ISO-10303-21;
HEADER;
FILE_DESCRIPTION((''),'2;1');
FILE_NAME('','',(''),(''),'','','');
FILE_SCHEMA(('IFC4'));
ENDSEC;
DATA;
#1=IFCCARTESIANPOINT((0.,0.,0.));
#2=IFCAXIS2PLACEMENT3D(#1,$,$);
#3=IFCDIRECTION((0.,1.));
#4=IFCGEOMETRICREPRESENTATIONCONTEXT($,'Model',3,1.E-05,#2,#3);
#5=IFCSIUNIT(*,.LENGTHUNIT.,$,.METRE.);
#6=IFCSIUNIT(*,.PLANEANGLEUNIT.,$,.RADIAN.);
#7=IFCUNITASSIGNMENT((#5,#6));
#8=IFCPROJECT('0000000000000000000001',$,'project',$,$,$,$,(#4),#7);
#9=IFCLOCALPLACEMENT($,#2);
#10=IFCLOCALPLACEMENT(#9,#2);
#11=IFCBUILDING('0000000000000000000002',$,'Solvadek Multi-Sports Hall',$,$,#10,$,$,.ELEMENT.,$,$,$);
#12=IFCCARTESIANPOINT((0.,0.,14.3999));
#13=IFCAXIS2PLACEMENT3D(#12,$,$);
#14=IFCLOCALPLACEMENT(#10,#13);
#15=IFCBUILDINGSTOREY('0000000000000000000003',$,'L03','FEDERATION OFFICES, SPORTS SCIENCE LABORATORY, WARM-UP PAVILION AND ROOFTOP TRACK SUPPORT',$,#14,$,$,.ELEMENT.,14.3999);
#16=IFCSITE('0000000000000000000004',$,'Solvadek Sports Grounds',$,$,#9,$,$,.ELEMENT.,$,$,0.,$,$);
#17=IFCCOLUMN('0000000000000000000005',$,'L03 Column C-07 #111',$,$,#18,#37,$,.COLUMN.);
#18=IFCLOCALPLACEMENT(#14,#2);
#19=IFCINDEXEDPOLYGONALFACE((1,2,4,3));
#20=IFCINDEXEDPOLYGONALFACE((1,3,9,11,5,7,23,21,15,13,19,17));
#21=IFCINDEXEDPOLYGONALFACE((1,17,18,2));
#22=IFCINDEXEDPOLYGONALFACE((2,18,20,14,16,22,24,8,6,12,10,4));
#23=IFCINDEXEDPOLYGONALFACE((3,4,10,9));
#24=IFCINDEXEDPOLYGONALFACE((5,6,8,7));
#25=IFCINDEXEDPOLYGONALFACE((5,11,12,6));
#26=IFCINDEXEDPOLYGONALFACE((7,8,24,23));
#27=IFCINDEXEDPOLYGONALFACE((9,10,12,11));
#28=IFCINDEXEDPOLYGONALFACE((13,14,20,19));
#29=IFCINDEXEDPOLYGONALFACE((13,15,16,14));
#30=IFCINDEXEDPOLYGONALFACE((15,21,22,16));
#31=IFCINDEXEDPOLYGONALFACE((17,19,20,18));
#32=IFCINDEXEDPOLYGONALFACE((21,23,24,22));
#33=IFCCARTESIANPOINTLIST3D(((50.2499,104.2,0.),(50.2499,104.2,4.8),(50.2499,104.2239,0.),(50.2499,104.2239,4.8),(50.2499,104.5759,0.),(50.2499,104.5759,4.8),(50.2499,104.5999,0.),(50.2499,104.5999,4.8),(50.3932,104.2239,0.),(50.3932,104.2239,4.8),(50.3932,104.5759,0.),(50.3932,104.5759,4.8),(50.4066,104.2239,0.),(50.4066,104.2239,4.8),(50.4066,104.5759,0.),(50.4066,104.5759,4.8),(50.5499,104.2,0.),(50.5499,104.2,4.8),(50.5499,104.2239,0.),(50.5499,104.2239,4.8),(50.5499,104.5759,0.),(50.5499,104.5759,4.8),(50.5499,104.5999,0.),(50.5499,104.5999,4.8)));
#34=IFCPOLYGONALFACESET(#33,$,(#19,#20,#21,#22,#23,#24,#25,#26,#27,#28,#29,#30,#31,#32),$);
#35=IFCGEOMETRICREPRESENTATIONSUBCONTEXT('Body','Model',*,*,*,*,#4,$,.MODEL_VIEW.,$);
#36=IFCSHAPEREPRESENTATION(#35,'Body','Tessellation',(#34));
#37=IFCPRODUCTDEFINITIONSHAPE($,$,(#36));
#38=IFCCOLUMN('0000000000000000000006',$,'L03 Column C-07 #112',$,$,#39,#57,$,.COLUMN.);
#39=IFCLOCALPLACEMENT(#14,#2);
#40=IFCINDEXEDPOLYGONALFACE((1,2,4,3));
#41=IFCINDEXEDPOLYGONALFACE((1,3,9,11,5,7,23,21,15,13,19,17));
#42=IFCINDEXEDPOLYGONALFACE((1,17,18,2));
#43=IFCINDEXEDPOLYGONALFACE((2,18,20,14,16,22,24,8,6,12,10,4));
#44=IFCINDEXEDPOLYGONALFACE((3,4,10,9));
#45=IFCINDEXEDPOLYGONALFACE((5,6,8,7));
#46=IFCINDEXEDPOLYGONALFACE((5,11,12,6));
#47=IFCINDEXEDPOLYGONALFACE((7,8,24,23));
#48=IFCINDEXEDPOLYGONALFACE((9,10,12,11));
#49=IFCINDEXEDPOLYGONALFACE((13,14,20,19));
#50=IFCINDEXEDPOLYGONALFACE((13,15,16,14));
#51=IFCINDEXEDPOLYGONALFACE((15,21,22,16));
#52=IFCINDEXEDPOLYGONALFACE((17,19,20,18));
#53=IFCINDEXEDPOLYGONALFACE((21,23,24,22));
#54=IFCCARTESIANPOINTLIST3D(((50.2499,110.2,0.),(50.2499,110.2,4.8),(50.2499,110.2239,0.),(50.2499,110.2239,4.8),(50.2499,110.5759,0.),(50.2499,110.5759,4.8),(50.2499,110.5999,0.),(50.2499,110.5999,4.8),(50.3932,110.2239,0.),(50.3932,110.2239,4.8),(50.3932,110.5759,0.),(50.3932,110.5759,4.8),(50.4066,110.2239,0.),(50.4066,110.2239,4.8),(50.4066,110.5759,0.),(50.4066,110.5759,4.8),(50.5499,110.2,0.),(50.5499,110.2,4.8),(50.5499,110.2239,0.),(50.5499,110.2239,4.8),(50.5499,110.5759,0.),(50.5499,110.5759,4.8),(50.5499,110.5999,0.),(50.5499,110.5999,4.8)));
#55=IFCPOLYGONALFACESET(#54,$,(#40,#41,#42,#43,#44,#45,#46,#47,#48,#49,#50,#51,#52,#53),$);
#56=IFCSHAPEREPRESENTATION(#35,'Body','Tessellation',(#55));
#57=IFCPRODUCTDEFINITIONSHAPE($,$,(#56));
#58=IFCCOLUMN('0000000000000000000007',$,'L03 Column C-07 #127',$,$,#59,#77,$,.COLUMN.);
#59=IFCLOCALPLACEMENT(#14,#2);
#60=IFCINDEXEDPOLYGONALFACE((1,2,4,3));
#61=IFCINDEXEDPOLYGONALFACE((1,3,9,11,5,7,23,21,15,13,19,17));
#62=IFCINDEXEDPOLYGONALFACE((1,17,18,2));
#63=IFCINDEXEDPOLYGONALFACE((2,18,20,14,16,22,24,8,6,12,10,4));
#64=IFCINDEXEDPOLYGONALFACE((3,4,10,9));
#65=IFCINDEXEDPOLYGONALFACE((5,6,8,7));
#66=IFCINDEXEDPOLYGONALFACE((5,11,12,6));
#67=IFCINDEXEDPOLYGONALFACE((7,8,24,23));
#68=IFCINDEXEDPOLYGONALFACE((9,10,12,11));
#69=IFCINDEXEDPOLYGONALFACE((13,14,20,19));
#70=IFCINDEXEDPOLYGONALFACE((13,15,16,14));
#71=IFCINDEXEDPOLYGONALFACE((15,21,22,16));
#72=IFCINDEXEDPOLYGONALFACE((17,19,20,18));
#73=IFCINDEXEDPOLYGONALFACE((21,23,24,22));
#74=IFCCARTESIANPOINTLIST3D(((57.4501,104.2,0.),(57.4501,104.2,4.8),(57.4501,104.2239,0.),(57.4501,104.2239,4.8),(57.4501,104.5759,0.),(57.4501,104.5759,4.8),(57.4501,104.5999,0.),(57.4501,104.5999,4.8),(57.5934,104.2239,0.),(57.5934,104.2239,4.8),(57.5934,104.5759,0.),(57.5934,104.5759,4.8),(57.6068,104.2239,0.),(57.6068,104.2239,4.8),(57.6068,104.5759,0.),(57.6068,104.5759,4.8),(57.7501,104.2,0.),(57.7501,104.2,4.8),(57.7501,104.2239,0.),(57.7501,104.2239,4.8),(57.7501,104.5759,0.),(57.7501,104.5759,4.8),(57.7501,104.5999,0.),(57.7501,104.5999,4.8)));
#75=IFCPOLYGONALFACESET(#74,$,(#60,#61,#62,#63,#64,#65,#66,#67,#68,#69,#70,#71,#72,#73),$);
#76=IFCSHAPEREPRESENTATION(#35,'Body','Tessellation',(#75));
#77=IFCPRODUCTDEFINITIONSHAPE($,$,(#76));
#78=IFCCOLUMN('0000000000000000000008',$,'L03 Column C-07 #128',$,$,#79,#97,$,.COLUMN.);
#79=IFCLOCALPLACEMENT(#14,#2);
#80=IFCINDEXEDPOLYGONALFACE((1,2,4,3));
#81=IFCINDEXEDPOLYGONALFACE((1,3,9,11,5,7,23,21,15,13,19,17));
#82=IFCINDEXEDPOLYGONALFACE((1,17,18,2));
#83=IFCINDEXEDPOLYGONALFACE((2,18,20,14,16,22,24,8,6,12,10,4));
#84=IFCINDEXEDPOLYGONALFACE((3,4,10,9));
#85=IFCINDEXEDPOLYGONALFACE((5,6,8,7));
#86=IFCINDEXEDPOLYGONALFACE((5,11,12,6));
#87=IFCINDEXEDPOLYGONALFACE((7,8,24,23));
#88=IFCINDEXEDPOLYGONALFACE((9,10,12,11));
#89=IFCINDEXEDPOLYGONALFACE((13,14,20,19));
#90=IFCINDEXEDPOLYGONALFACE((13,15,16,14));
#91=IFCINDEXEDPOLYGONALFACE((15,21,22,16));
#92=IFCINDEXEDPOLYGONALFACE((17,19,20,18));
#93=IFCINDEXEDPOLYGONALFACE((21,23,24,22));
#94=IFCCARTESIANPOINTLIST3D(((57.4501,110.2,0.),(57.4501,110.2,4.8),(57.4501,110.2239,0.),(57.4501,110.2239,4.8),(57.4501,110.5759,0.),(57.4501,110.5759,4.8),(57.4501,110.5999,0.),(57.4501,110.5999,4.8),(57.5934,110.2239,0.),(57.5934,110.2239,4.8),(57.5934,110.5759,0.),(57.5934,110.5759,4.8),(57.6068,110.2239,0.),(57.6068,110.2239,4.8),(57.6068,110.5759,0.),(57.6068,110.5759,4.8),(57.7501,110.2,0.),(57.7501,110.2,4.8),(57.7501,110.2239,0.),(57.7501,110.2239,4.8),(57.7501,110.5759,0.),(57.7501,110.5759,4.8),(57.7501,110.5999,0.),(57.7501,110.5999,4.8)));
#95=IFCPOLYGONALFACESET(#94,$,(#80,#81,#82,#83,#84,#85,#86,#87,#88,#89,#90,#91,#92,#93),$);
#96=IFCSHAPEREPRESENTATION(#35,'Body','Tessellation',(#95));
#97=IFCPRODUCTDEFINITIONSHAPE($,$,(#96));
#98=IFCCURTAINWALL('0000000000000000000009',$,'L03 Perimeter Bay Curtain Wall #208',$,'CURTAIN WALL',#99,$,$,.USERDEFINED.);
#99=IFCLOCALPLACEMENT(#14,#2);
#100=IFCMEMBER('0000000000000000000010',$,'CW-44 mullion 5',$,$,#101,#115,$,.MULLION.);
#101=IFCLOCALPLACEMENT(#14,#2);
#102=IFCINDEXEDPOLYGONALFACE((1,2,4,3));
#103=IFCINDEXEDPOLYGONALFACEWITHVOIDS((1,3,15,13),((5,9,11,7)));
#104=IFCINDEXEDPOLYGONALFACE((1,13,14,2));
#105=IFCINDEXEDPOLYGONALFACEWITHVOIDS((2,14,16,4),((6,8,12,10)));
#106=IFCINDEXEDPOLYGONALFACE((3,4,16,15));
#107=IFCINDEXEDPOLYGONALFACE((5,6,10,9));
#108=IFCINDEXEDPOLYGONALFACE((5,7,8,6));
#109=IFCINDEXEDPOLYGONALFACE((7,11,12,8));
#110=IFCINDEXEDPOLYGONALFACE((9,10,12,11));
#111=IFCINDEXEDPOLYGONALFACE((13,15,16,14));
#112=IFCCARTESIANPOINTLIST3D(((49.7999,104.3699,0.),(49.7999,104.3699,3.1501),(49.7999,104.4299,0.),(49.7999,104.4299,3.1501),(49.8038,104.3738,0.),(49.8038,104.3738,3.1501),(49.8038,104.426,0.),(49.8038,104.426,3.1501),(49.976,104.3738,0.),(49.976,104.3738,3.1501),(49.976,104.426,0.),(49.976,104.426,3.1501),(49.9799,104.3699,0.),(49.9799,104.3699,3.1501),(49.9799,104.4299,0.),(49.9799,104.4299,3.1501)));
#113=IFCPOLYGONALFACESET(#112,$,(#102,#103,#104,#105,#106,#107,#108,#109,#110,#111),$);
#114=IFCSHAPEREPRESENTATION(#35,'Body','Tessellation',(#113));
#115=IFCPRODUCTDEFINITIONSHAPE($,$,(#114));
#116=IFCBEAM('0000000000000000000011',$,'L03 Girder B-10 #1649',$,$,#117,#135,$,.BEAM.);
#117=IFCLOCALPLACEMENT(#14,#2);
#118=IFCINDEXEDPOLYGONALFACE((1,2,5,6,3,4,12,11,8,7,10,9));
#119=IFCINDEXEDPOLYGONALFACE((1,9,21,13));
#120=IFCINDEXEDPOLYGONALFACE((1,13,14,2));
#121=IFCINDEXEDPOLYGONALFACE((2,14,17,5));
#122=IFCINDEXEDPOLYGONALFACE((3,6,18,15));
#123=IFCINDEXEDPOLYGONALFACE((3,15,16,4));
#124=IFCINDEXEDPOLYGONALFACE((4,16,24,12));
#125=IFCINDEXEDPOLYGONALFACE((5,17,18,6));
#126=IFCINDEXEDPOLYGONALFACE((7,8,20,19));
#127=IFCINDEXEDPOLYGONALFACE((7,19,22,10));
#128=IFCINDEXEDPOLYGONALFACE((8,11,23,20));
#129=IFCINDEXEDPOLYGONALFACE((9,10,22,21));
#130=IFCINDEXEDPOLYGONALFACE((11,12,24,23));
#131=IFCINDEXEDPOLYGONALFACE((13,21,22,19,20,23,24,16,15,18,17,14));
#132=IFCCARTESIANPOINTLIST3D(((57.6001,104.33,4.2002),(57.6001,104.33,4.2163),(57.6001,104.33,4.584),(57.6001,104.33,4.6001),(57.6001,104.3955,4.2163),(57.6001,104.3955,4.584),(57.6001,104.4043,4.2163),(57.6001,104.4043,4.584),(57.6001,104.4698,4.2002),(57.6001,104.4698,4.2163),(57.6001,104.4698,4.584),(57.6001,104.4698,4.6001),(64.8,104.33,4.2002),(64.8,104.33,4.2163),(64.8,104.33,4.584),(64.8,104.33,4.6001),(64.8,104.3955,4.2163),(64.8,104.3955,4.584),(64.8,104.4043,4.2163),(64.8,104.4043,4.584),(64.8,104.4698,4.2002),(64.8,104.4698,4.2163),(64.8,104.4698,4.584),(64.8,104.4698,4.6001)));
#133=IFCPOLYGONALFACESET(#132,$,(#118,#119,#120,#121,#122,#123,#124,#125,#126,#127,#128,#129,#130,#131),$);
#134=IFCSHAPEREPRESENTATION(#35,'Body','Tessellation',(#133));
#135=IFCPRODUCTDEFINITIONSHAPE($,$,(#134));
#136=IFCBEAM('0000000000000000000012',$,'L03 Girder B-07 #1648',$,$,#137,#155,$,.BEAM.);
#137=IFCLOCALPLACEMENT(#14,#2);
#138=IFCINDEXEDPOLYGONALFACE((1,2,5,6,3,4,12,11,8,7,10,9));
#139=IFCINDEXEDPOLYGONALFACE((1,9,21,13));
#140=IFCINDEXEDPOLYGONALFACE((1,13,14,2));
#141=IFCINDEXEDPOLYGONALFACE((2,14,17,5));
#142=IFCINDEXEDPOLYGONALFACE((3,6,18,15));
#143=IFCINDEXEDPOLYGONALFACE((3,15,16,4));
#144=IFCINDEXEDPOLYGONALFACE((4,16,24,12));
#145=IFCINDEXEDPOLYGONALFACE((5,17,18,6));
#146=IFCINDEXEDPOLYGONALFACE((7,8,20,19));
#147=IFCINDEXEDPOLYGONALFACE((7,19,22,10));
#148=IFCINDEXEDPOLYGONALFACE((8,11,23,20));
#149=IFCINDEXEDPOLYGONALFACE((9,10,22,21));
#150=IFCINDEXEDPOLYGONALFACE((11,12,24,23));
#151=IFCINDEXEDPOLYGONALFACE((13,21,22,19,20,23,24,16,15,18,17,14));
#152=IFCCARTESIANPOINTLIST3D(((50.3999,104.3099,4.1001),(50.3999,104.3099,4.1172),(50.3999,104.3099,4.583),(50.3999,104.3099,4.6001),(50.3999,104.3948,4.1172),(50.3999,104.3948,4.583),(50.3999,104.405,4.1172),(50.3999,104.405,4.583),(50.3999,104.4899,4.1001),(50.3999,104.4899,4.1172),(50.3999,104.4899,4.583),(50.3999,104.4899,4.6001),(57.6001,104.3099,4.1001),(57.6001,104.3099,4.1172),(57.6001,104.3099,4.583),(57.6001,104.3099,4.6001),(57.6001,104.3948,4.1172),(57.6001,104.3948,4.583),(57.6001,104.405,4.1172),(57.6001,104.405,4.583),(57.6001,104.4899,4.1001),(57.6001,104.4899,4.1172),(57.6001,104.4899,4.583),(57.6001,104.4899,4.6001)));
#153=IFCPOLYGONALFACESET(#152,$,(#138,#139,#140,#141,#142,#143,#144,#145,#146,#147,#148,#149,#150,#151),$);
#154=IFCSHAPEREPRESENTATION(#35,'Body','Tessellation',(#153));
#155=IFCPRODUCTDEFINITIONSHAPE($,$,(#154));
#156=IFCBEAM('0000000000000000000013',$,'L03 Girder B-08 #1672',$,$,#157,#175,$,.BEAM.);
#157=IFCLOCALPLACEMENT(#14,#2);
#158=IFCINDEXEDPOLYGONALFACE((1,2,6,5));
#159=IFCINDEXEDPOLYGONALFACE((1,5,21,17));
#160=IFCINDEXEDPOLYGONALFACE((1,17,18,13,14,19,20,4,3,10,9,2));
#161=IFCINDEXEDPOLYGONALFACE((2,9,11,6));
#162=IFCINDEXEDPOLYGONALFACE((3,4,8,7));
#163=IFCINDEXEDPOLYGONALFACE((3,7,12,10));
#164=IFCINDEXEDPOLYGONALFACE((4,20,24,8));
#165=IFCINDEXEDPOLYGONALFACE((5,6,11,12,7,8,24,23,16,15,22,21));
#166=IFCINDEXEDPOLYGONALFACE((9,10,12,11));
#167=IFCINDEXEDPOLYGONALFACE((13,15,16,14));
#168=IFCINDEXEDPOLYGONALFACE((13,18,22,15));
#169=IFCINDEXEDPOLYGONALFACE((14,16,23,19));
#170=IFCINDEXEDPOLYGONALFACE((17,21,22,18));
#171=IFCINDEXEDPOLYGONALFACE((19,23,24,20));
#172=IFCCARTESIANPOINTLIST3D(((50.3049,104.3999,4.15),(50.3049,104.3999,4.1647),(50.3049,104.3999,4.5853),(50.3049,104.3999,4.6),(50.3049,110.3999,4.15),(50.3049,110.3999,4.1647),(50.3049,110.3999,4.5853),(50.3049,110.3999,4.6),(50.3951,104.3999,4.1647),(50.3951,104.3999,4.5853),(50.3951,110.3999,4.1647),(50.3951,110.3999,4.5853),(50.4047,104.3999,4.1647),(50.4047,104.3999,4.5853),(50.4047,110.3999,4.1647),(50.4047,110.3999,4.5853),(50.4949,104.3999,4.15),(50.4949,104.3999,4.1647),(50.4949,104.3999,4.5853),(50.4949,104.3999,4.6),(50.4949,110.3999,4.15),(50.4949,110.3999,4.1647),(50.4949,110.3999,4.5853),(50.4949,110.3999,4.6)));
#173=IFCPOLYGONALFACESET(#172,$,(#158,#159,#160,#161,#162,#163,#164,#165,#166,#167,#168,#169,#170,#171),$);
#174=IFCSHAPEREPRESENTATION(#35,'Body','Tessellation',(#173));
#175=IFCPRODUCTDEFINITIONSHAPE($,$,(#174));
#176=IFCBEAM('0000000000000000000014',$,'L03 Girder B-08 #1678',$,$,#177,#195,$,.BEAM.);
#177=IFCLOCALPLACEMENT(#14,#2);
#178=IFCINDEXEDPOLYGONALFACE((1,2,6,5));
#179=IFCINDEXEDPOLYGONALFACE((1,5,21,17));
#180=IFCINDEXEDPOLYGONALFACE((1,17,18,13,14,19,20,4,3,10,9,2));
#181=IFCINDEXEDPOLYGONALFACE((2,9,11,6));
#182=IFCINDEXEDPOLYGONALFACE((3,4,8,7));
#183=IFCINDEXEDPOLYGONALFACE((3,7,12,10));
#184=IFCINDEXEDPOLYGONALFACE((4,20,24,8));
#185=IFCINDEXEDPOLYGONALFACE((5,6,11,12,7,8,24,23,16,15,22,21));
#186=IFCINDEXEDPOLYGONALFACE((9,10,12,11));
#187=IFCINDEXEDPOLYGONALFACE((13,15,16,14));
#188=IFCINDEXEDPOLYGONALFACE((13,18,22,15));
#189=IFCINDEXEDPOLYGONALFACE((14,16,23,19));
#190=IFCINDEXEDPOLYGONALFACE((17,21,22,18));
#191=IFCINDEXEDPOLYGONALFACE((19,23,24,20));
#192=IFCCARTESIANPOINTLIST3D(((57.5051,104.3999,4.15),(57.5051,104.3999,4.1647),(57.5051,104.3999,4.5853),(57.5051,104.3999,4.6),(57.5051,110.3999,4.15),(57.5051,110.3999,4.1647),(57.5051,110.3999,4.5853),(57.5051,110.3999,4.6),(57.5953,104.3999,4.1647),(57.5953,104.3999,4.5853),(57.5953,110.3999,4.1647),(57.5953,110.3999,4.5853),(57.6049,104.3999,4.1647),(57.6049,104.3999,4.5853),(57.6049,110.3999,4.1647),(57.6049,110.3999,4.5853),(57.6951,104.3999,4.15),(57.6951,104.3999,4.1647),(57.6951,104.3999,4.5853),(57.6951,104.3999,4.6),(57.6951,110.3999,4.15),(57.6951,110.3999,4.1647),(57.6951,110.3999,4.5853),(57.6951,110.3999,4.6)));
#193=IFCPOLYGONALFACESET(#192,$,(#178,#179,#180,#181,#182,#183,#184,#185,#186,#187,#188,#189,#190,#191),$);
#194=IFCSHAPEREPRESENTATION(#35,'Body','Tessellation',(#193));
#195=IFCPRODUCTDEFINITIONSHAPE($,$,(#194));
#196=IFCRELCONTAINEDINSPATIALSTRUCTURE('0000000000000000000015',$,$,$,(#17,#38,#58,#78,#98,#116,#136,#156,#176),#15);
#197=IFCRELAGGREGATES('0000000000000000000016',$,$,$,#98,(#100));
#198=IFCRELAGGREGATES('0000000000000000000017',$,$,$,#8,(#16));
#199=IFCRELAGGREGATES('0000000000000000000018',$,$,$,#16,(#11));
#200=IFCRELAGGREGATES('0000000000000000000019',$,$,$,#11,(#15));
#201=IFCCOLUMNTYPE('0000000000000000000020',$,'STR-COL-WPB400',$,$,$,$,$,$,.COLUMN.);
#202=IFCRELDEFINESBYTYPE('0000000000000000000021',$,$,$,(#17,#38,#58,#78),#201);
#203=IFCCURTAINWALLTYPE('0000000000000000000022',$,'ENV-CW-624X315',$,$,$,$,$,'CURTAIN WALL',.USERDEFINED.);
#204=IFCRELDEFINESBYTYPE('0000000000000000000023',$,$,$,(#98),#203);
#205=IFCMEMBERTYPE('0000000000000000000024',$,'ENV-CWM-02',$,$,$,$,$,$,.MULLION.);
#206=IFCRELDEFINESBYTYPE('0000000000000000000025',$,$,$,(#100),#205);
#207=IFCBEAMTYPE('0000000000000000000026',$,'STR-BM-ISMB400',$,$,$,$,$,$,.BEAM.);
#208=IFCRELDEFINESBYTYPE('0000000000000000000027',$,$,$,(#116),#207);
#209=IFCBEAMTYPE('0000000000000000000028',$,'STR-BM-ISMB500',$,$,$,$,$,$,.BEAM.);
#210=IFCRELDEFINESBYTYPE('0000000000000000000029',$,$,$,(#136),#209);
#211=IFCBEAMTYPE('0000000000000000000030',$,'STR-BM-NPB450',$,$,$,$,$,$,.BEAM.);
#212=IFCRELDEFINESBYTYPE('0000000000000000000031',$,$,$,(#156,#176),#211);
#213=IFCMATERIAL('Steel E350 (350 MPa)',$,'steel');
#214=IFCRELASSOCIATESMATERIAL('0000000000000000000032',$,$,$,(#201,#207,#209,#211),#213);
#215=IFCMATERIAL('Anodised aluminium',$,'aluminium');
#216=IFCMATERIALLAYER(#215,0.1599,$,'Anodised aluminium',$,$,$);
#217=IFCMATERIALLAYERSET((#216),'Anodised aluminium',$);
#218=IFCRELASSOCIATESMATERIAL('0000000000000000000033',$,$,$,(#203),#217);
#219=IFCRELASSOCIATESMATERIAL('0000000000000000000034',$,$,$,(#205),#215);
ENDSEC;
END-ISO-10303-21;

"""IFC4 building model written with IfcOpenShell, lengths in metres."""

from ifc_helpers import new_model, si_unit, direction, frame, origin, origin_2d, place, context, subcontext, project, spatial, hollow_rectangle, i_section, extrude, material, layer, layer_set, material_profile, profile_set, type_object, element, aggregate, save


model = new_model("IFC4")

# Units and contexts
model_context = context("Model", 3, precision=1e-05, world=origin(), true_north=direction((0.0, 1.0)))
body_context = subcontext(model_context, "Body", "Model", "MODEL_VIEW")
ifc_project = project(units=[si_unit("LENGTHUNIT", "METRE"), si_unit("PLANEANGLEUNIT", "RADIAN")], contexts=[model_context])

# Site, building, storey
site_placement = place(None, origin())
site = spatial("IfcSite", under=ifc_project, at=site_placement, Name="Solvadek Sports Grounds", CompositionType="ELEMENT", RefElevation=0.0)
building_placement = place(site_placement, origin())
building = spatial("IfcBuilding", under=site, at=building_placement, Name="Solvadek Multi-Sports Hall", CompositionType="ELEMENT")
storey_placement = place(building_placement, frame((0.0, 0.0, 14.3999)))
storey = spatial("IfcBuildingStorey", under=building, at=storey_placement, Name="L03", Description="FEDERATION OFFICES, SPORTS SCIENCE LABORATORY, WARM-UP PAVILION AND ROOFTOP TRACK SUPPORT", CompositionType="ELEMENT", Elevation=14.3999)

# Columns
ifc_material_1 = material(Name="Steel E350 (350 MPa)", Category="steel")
ifc_material_profile_1 = material_profile(ifc_material_1, i_section(OverallWidth=0.3, OverallDepth=0.3999, WebThickness=0.0134, FlangeThickness=0.0239, at=origin_2d()), Name="WPB 400")
ifc_profile_set_1 = profile_set([ifc_material_profile_1], Name="Steel E350 (350 MPa)")
column_type = type_object("IfcColumnType", Name="STR-COL-WPB400", PredefinedType="COLUMN", material=ifc_profile_set_1)
for number, where, z_axis, x_axis, name in (
    (1, (50.3999, 104.3999, 0.0), (0.0, 0.0, 1.0), (1.0, 0.0, 0.0), "L03 Column C-07 #111"),
    (2, (50.3999, 110.3999, 0.0), (0.0, 0.0, 1.0), (1.0, 0.0, 0.0), "L03 Column C-07 #112"),
    (3, (57.6001, 104.3999, 0.0), (0.0, 0.0, 1.0), (1.0, 0.0, 0.0), "L03 Column C-07 #127"),
    (4, (57.6001, 110.3999, 0.0), (0.0, 0.0, 1.0), (1.0, 0.0, 0.0), "L03 Column C-07 #128"),
):
    element("IfcColumn", number, at=place(storey_placement, frame(where, z_axis=z_axis, x_axis=x_axis)), inside=storey, type_object=column_type, Name=name, PredefinedType="COLUMN", context=body_context, shape_type="SweptSolid", body=[
        extrude(i_section(OverallWidth=0.3, OverallDepth=0.3999, WebThickness=0.0134, FlangeThickness=0.0239, at=origin_2d()), origin(), (0.0, 0.0, 1.0), 4.8),
    ])

# Curtain wall, member
ifc_material_2 = material(Name="Anodised aluminium", Category="aluminium")
ifc_layer_1 = layer(ifc_material_2, 0.1599, Name="Anodised aluminium")
ifc_layer_set_1 = layer_set([ifc_layer_1], Name="Anodised aluminium")
curtain_wall_type = type_object("IfcCurtainWallType", Name="ENV-CW-624X315", ElementType="CURTAIN WALL", PredefinedType="USERDEFINED", material=ifc_layer_set_1)
curtain_wall_placement = place(storey_placement, origin())
curtain_wall = element("IfcCurtainWall", 5, at=curtain_wall_placement, inside=storey, type_object=curtain_wall_type, Name="L03 Perimeter Bay Curtain Wall #208", ObjectType="CURTAIN WALL", PredefinedType="USERDEFINED")
ifc_material_profile_2 = material_profile(ifc_material_2, hollow_rectangle(XDim=0.0601, YDim=0.1799, WallThickness=0.0039, at=origin_2d()), Name="ALU-M 180x60x4")
ifc_profile_set_2 = profile_set([ifc_material_profile_2], Name="Anodised aluminium")
member_type = type_object("IfcMemberType", Name="ENV-CWM-02", PredefinedType="MULLION", material=ifc_profile_set_2)
member_placement = place(storey_placement, frame((49.8899, 104.3999, 0.0), z_axis=(0.0, 0.0, 1.0), x_axis=(0.0, 1.0, 0.0)))
member = element("IfcMember", 6, at=member_placement, type_object=member_type, Name="CW-44 mullion 5", PredefinedType="MULLION", context=body_context, shape_type="SweptSolid", body=[
    extrude(hollow_rectangle(XDim=0.0601, YDim=0.1799, WallThickness=0.0039, at=origin_2d()), origin(), (0.0, 0.0, 1.0), 3.1501),
])

# Beams
ifc_material_profile_3 = material_profile(ifc_material_1, i_section(OverallWidth=0.1399, OverallDepth=0.3999, WebThickness=0.0088, FlangeThickness=0.0161, at=origin_2d()), Name="ISMB 400")
ifc_profile_set_3 = profile_set([ifc_material_profile_3], Name="Steel E350 (350 MPa)")
beam_type_1 = type_object("IfcBeamType", Name="STR-BM-ISMB400", PredefinedType="BEAM", material=ifc_profile_set_3)
beam_1_placement = place(storey_placement, frame((57.6001, 104.3999, 4.4001), z_axis=(1.0, 0.0, 0.0), x_axis=(0.0, 1.0, 0.0)))
element("IfcBeam", 7, at=beam_1_placement, inside=storey, type_object=beam_type_1, Name="L03 Girder B-10 #1649", PredefinedType="BEAM", context=body_context, shape_type="SweptSolid", body=[
    extrude(i_section(OverallWidth=0.1399, OverallDepth=0.3999, WebThickness=0.0088, FlangeThickness=0.0161, at=origin_2d()), origin(), (0.0, 0.0, 1.0), 7.2),
])
ifc_material_profile_4 = material_profile(ifc_material_1, i_section(OverallWidth=0.1799, OverallDepth=0.5, WebThickness=0.0103, FlangeThickness=0.0171, at=origin_2d()), Name="ISMB 500")
ifc_profile_set_4 = profile_set([ifc_material_profile_4], Name="Steel E350 (350 MPa)")
beam_type_2 = type_object("IfcBeamType", Name="STR-BM-ISMB500", PredefinedType="BEAM", material=ifc_profile_set_4)
beam_2_placement = place(storey_placement, frame((50.3999, 104.3999, 4.3501), z_axis=(1.0, 0.0, 0.0), x_axis=(0.0, 1.0, 0.0)))
element("IfcBeam", 8, at=beam_2_placement, inside=storey, type_object=beam_type_2, Name="L03 Girder B-07 #1648", PredefinedType="BEAM", context=body_context, shape_type="SweptSolid", body=[
    extrude(i_section(OverallWidth=0.1799, OverallDepth=0.5, WebThickness=0.0103, FlangeThickness=0.0171, at=origin_2d()), origin(), (0.0, 0.0, 1.0), 7.2002),
])
ifc_material_profile_5 = material_profile(ifc_material_1, i_section(OverallWidth=0.1899, OverallDepth=0.45, WebThickness=0.0095, FlangeThickness=0.0146, at=origin_2d()), Name="NPB 450")
ifc_profile_set_5 = profile_set([ifc_material_profile_5], Name="Steel E350 (350 MPa)")
beam_type_3 = type_object("IfcBeamType", Name="STR-BM-NPB450", PredefinedType="BEAM", material=ifc_profile_set_5)
for number, where, z_axis, x_axis, name in (
    (9, (50.3999, 104.3999, 4.375), (0.0, 1.0, 0.0), (-1.0, 0.0, 0.0), "L03 Girder B-08 #1672"),
    (10, (57.6001, 104.3999, 4.375), (0.0, 1.0, 0.0), (-1.0, 0.0, 0.0), "L03 Girder B-08 #1678"),
):
    element("IfcBeam", number, at=place(storey_placement, frame(where, z_axis=z_axis, x_axis=x_axis)), inside=storey, type_object=beam_type_3, Name=name, PredefinedType="BEAM", context=body_context, shape_type="SweptSolid", body=[
        extrude(i_section(OverallWidth=0.1899, OverallDepth=0.45, WebThickness=0.0095, FlangeThickness=0.0146, at=origin_2d()), origin(), (0.0, 0.0, 1.0), 6.0),
    ])

aggregate(curtain_wall, [member])

save(model, "model.ifc")
